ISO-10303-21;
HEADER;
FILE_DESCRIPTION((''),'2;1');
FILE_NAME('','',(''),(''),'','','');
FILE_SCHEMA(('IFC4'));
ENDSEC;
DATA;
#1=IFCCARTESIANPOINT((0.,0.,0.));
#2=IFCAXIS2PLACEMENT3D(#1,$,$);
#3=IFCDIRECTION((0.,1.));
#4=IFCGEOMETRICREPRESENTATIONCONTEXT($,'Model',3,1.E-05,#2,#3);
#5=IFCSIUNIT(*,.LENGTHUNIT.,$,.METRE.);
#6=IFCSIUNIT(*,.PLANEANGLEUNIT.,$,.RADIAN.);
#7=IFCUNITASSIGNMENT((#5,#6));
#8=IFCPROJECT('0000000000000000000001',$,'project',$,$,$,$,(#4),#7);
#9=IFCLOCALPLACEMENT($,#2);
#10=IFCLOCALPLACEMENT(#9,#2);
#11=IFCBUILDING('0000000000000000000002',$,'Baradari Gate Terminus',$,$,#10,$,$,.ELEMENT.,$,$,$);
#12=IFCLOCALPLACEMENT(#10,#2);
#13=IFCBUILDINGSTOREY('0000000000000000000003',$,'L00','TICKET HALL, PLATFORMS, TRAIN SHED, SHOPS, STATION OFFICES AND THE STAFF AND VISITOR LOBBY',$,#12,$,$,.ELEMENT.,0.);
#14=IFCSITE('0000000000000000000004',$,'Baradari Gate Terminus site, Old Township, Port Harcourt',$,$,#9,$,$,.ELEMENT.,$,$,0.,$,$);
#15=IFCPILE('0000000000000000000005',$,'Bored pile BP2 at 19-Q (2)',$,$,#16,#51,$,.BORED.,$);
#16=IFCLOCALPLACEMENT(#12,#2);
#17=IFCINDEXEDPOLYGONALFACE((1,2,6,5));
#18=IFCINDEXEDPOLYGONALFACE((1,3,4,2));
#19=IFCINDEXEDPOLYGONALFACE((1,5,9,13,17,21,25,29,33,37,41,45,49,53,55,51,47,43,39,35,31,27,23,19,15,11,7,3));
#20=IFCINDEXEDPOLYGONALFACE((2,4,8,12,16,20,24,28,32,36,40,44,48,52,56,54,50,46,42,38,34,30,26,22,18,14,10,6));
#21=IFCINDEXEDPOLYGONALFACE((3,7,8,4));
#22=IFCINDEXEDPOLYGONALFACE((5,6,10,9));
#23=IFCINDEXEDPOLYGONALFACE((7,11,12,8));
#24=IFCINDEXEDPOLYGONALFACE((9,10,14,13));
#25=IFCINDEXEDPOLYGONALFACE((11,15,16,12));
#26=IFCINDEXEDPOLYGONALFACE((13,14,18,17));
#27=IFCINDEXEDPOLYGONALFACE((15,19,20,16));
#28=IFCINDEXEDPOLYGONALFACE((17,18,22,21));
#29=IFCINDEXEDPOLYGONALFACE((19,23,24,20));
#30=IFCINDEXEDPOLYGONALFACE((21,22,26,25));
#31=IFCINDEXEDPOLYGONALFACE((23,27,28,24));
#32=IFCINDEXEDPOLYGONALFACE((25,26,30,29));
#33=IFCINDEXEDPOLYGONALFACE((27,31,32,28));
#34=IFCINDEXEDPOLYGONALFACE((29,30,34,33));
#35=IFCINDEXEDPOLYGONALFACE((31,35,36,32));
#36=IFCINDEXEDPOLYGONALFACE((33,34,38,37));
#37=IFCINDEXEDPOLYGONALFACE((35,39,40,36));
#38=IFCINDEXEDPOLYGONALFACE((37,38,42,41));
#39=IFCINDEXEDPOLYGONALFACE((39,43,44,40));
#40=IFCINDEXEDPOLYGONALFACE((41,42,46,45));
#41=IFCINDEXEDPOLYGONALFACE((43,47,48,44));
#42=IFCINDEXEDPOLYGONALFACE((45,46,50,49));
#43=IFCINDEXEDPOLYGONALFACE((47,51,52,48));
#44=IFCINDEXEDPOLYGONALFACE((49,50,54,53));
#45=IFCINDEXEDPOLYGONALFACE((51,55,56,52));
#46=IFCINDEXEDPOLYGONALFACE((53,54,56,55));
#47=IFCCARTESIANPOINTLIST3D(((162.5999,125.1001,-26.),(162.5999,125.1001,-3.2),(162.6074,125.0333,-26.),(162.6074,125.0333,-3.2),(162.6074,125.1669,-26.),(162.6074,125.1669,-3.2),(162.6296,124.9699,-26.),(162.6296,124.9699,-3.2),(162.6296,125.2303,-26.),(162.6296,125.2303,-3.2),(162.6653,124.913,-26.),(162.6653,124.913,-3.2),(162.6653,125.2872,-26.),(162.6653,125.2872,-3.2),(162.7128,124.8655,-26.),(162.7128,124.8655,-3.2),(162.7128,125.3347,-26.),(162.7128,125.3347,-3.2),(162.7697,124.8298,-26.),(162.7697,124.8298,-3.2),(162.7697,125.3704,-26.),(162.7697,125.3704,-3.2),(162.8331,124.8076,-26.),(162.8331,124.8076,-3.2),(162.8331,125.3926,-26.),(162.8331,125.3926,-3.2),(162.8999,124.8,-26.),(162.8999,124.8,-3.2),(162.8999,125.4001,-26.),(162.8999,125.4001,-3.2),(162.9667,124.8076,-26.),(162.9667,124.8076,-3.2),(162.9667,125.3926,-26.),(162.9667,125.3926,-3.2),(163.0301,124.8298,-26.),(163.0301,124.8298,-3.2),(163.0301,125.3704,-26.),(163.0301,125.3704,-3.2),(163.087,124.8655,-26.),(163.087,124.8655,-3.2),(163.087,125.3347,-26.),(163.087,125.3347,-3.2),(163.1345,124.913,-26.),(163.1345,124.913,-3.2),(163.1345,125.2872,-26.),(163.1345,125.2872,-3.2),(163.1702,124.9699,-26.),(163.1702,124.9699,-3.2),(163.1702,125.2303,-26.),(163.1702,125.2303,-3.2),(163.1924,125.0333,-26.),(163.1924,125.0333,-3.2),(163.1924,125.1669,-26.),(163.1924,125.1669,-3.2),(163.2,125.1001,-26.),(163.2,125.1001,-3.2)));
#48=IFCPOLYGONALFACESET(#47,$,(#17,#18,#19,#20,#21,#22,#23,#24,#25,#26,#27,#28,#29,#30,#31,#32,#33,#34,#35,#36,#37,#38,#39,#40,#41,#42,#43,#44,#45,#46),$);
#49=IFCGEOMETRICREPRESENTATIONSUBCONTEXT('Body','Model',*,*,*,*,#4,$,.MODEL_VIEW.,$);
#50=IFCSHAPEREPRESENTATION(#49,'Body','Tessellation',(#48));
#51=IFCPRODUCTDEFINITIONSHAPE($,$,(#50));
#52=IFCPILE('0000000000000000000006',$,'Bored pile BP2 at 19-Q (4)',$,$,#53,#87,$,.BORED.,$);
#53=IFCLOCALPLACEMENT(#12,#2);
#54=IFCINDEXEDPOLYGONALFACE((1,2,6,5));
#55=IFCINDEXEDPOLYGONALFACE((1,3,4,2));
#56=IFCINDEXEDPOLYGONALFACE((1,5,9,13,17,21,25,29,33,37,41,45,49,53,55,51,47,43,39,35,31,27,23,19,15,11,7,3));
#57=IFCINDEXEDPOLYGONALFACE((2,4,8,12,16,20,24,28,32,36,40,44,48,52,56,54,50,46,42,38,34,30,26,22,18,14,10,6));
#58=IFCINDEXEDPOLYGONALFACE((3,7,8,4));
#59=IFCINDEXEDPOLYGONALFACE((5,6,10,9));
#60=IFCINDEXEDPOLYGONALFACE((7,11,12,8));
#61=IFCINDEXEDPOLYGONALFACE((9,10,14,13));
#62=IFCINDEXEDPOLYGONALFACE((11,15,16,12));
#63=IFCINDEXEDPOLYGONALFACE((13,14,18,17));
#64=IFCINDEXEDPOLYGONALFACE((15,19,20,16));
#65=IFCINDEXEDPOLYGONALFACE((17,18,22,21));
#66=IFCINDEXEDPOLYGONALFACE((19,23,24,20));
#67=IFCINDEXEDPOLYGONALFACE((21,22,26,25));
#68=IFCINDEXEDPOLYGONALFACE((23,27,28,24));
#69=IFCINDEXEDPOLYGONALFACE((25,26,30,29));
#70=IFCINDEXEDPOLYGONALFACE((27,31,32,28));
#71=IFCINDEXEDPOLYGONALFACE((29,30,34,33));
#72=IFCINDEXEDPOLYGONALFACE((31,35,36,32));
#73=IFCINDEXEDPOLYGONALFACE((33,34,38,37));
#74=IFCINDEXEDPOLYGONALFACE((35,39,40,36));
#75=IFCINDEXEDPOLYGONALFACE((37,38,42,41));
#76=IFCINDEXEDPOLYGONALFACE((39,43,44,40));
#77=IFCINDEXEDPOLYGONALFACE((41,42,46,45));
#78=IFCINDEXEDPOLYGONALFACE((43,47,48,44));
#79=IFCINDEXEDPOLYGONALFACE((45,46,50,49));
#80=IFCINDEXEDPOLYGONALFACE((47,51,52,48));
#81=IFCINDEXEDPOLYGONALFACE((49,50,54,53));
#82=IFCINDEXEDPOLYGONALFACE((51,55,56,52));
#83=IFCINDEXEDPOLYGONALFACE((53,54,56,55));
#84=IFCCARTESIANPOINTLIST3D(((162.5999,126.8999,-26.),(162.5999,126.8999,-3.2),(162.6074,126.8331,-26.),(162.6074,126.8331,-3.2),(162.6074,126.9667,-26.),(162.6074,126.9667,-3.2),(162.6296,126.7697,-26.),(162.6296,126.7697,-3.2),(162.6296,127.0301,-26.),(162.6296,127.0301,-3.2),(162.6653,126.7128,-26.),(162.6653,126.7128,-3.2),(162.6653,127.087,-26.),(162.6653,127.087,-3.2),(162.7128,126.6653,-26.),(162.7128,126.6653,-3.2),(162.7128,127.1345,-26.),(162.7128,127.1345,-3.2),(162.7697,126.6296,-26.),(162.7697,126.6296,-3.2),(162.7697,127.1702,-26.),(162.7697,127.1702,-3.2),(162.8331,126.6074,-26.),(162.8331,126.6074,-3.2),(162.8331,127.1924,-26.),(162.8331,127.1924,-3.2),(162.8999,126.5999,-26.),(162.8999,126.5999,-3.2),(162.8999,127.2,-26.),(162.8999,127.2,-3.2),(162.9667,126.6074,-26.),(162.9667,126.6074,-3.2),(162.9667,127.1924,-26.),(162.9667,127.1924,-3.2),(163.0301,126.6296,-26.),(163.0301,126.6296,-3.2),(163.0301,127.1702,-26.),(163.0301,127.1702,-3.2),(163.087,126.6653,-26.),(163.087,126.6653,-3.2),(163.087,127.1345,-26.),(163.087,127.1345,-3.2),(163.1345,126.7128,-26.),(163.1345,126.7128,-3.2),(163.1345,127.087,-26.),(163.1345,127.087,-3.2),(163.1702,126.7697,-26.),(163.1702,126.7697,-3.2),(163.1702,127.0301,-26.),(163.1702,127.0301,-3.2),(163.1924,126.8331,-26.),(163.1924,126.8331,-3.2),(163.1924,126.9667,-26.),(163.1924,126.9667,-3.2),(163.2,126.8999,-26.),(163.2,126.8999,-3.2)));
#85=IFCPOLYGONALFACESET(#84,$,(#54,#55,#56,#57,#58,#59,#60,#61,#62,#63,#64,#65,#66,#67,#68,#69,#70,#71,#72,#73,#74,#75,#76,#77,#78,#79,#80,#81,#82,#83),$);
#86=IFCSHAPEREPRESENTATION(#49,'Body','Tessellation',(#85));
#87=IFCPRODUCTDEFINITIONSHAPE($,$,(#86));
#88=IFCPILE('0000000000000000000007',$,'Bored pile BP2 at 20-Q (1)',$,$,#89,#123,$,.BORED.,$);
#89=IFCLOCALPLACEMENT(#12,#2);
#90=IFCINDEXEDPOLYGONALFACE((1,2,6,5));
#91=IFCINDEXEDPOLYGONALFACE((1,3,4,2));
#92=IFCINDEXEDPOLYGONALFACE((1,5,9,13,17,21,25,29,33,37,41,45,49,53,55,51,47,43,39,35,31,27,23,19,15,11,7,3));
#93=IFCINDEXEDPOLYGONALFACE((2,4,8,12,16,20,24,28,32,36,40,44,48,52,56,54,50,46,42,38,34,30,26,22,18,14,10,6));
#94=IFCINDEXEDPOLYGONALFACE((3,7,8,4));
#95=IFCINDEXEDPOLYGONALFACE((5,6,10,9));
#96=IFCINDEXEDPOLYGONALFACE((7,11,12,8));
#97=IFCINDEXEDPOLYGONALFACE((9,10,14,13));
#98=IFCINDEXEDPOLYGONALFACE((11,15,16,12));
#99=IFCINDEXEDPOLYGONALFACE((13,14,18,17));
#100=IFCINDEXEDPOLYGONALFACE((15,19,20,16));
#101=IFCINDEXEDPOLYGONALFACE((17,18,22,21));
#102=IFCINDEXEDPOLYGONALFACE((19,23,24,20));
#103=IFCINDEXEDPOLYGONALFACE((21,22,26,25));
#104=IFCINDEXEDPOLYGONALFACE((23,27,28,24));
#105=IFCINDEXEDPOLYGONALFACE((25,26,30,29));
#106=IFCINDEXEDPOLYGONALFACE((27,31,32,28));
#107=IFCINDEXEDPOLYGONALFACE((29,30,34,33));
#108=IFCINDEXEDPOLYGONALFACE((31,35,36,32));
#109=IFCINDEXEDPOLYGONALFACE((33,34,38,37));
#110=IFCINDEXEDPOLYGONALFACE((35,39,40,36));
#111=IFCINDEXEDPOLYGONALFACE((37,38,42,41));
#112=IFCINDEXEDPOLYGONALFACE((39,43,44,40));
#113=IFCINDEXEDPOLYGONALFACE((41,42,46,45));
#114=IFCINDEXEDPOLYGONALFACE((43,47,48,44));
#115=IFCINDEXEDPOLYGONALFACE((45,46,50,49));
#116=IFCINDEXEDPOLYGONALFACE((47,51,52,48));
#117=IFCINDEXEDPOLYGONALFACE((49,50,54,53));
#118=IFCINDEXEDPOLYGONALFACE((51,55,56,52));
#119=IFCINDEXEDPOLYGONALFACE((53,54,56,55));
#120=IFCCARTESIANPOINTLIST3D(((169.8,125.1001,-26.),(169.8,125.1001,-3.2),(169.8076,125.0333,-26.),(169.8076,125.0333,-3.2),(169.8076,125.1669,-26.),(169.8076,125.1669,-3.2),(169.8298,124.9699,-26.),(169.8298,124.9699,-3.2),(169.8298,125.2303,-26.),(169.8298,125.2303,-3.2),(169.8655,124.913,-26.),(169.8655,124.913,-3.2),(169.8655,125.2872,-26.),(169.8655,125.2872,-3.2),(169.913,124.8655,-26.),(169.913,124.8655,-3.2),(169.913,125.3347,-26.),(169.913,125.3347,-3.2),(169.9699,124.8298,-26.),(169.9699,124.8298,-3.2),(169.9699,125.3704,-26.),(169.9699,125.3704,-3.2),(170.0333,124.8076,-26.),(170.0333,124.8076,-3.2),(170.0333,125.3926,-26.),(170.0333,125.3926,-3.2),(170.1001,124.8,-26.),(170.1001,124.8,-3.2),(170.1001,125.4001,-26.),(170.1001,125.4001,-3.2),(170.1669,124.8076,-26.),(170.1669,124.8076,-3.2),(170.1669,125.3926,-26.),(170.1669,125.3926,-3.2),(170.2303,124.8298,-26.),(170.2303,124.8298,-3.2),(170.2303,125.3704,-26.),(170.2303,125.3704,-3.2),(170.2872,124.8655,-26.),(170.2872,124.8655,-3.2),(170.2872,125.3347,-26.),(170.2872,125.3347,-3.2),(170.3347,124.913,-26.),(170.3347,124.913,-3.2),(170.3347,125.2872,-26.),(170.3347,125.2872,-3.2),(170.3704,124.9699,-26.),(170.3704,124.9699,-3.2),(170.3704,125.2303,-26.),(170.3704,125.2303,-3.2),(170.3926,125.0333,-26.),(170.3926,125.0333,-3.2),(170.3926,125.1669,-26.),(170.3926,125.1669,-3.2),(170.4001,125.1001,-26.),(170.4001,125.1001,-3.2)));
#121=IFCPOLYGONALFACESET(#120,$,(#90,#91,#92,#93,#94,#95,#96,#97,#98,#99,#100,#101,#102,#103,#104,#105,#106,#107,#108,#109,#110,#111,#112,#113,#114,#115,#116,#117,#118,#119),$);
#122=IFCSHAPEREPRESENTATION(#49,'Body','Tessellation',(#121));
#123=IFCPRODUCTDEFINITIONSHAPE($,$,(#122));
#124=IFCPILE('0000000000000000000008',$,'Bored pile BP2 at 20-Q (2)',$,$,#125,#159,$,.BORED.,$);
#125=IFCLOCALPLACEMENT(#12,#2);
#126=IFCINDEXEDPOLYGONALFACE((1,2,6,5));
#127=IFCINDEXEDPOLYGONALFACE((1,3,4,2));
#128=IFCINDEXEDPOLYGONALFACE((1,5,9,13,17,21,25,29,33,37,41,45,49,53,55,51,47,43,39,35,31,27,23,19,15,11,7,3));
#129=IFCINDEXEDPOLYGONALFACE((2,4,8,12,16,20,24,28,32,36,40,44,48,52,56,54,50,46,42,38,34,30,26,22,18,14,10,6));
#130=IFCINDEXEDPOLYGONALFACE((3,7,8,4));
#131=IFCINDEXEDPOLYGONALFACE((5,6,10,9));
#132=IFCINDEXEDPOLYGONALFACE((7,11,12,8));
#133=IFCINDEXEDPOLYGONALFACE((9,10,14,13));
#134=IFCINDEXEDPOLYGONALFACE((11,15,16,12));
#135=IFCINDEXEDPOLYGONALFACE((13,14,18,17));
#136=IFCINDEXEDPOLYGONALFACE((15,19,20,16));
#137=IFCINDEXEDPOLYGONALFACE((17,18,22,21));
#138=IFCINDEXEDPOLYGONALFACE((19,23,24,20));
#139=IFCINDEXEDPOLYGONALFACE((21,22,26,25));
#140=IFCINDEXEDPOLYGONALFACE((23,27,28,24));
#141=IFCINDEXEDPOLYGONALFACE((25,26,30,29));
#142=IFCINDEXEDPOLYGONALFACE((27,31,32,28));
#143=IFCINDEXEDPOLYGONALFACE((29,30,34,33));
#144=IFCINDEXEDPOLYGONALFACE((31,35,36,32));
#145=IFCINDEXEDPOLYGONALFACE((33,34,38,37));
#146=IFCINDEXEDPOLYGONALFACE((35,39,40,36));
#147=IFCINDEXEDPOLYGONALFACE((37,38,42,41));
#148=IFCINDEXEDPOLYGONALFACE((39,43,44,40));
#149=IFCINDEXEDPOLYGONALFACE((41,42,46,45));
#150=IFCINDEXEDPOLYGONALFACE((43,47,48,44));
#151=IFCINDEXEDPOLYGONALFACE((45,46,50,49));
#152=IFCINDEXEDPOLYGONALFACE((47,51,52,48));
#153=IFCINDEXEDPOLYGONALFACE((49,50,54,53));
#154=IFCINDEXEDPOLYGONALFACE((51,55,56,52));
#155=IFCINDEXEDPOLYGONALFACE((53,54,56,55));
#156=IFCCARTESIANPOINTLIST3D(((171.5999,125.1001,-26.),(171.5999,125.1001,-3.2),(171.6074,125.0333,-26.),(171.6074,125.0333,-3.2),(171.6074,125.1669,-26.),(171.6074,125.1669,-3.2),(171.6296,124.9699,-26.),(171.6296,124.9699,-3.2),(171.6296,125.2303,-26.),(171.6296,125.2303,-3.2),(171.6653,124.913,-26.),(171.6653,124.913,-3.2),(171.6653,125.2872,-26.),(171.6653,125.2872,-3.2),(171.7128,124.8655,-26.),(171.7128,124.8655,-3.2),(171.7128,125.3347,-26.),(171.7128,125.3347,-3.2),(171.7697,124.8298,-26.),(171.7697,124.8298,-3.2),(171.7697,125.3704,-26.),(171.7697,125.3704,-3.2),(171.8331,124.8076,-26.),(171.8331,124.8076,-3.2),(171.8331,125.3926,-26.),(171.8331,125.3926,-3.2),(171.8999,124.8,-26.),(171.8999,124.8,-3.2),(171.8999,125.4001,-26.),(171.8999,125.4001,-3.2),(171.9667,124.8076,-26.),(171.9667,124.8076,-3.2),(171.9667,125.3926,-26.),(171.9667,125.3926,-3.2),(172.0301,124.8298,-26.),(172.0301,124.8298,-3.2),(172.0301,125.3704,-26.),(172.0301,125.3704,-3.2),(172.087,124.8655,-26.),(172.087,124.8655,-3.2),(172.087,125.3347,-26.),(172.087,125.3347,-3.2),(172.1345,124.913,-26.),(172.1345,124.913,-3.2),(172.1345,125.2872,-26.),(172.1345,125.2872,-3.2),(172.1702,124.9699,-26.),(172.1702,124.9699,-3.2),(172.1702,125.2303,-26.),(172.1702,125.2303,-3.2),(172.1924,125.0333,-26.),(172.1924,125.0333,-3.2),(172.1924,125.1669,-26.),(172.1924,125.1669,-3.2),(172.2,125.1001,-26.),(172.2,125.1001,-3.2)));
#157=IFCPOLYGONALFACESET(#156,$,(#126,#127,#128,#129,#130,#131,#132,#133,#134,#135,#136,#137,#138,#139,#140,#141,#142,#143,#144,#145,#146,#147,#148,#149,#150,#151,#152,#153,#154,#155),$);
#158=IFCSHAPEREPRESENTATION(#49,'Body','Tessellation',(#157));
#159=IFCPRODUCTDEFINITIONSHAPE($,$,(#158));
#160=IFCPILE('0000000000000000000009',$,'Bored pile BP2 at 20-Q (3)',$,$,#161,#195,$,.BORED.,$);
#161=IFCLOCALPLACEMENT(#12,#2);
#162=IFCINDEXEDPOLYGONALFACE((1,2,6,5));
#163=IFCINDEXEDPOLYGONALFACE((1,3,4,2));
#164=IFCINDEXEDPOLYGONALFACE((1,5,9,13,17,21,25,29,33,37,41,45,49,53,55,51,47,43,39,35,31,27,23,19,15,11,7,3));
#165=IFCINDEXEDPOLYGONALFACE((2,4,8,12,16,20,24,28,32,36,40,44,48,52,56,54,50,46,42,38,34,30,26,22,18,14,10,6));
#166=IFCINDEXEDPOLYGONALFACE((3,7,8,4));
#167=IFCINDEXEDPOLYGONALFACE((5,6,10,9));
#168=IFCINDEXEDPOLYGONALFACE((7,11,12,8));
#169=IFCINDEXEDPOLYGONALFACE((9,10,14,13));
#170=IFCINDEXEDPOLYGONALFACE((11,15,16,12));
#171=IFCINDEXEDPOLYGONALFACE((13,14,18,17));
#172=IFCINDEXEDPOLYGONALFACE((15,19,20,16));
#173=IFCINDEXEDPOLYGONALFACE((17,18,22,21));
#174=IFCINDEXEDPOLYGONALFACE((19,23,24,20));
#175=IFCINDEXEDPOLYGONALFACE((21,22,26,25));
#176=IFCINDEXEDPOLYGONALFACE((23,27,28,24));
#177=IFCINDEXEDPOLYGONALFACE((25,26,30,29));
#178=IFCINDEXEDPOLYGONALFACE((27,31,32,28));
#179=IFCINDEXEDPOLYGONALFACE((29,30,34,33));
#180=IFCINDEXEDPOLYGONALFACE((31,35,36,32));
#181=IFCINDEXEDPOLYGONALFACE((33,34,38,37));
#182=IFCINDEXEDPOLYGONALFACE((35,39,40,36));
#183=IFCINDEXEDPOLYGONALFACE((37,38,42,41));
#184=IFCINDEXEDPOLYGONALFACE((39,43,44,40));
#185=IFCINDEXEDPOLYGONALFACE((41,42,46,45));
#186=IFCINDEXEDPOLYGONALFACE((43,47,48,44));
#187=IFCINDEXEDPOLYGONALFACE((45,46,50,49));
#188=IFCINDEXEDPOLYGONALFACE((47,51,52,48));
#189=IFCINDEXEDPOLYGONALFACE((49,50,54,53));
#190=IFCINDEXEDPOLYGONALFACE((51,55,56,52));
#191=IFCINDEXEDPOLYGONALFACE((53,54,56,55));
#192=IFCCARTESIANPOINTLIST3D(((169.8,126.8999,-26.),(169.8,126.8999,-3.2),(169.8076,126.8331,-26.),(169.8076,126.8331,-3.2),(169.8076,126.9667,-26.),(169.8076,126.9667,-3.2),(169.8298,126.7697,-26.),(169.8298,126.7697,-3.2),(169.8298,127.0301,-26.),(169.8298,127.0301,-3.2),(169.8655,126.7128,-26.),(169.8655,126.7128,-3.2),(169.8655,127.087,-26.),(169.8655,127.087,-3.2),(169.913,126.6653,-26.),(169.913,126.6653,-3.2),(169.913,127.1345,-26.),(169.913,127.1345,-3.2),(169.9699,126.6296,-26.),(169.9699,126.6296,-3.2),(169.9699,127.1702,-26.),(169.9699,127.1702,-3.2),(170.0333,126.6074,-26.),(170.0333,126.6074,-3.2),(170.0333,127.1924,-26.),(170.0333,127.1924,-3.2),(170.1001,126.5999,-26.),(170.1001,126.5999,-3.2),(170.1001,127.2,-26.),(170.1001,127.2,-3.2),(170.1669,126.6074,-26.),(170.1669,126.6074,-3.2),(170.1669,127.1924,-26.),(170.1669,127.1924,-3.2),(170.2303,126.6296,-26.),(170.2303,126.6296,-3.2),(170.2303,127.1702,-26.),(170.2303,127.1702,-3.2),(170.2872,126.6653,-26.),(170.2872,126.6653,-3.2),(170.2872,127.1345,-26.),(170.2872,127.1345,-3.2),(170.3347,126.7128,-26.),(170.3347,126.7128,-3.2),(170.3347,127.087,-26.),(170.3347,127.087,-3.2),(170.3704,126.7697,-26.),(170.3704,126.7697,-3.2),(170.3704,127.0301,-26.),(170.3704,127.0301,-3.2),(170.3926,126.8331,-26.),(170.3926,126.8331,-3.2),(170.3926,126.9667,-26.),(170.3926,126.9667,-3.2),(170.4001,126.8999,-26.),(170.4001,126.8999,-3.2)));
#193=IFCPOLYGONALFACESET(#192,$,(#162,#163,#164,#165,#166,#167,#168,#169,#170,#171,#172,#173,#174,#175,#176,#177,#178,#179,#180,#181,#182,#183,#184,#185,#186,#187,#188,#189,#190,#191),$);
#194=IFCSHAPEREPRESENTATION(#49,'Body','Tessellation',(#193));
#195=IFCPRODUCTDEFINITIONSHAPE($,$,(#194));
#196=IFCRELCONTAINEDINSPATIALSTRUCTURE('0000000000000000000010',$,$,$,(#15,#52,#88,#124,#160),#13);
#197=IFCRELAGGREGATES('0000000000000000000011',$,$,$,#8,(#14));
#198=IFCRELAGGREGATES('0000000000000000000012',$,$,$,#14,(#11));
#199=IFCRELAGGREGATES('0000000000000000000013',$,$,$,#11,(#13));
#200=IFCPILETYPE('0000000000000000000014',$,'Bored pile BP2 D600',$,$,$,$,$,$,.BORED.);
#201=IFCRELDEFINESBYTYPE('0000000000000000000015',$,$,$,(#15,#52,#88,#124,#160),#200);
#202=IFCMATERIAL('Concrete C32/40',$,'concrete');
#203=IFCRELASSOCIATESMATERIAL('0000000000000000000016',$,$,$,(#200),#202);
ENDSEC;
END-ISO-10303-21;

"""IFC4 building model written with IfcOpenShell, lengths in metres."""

from ifc_helpers import new_model, si_unit, direction, frame, origin, origin_2d, place, context, subcontext, project, spatial, circle, extrude, material, type_object, element, save


model = new_model("IFC4")

# Units and contexts
model_context = context("Model", 3, precision=1e-05, world=origin(), true_north=direction((0.0, 1.0)))
body_context = subcontext(model_context, "Body", "Model", "MODEL_VIEW")
ifc_project = project(units=[si_unit("LENGTHUNIT", "METRE"), si_unit("PLANEANGLEUNIT", "RADIAN")], contexts=[model_context])

# Site, building, storey
site_placement = place(None, origin())
site = spatial("IfcSite", under=ifc_project, at=site_placement, Name="Baradari Gate Terminus site, Old Township, Port Harcourt", CompositionType="ELEMENT", RefElevation=0.0)
building_placement = place(site_placement, origin())
building = spatial("IfcBuilding", under=site, at=building_placement, Name="Baradari Gate Terminus", CompositionType="ELEMENT")
storey_placement = place(building_placement, origin())
storey = spatial("IfcBuildingStorey", under=building, at=storey_placement, Name="L00", Description="TICKET HALL, PLATFORMS, TRAIN SHED, SHOPS, STATION OFFICES AND THE STAFF AND VISITOR LOBBY", CompositionType="ELEMENT", Elevation=0.0)

# Piles
ifc_material_1 = material(Name="Concrete C32/40", Category="concrete")
pile_type_1 = type_object("IfcPileType", Name="Bored pile BP2 D600", PredefinedType="BORED", material=ifc_material_1)
for number, where, z_axis, x_axis, name in (
    (1, (162.8999, 125.1001, -3.2), (0.0, 0.0, -1.0), (1.0, 0.0, 0.0), "Bored pile BP2 at 19-Q (2)"),
    (2, (162.8999, 126.8999, -3.2), (0.0, 0.0, -1.0), (1.0, 0.0, 0.0), "Bored pile BP2 at 19-Q (4)"),
    (3, (170.1001, 125.1001, -3.2), (0.0, 0.0, -1.0), (1.0, 0.0, 0.0), "Bored pile BP2 at 20-Q (1)"),
    (4, (171.8999, 125.1001, -3.2), (0.0, 0.0, -1.0), (1.0, 0.0, 0.0), "Bored pile BP2 at 20-Q (2)"),
    (5, (170.1001, 126.8999, -3.2), (0.0, 0.0, -1.0), (1.0, 0.0, 0.0), "Bored pile BP2 at 20-Q (3)"),
):
    element("IfcPile", number, at=place(storey_placement, frame(where, z_axis=z_axis, x_axis=x_axis)), inside=storey, type_object=pile_type_1, Name=name, PredefinedType="BORED", context=body_context, shape_type="SweptSolid", body=[
        extrude(circle(Radius=0.3, at=origin_2d()), origin(), (0.0, 0.0, 1.0), 22.8),
    ])

save(model, "model.ifc")
